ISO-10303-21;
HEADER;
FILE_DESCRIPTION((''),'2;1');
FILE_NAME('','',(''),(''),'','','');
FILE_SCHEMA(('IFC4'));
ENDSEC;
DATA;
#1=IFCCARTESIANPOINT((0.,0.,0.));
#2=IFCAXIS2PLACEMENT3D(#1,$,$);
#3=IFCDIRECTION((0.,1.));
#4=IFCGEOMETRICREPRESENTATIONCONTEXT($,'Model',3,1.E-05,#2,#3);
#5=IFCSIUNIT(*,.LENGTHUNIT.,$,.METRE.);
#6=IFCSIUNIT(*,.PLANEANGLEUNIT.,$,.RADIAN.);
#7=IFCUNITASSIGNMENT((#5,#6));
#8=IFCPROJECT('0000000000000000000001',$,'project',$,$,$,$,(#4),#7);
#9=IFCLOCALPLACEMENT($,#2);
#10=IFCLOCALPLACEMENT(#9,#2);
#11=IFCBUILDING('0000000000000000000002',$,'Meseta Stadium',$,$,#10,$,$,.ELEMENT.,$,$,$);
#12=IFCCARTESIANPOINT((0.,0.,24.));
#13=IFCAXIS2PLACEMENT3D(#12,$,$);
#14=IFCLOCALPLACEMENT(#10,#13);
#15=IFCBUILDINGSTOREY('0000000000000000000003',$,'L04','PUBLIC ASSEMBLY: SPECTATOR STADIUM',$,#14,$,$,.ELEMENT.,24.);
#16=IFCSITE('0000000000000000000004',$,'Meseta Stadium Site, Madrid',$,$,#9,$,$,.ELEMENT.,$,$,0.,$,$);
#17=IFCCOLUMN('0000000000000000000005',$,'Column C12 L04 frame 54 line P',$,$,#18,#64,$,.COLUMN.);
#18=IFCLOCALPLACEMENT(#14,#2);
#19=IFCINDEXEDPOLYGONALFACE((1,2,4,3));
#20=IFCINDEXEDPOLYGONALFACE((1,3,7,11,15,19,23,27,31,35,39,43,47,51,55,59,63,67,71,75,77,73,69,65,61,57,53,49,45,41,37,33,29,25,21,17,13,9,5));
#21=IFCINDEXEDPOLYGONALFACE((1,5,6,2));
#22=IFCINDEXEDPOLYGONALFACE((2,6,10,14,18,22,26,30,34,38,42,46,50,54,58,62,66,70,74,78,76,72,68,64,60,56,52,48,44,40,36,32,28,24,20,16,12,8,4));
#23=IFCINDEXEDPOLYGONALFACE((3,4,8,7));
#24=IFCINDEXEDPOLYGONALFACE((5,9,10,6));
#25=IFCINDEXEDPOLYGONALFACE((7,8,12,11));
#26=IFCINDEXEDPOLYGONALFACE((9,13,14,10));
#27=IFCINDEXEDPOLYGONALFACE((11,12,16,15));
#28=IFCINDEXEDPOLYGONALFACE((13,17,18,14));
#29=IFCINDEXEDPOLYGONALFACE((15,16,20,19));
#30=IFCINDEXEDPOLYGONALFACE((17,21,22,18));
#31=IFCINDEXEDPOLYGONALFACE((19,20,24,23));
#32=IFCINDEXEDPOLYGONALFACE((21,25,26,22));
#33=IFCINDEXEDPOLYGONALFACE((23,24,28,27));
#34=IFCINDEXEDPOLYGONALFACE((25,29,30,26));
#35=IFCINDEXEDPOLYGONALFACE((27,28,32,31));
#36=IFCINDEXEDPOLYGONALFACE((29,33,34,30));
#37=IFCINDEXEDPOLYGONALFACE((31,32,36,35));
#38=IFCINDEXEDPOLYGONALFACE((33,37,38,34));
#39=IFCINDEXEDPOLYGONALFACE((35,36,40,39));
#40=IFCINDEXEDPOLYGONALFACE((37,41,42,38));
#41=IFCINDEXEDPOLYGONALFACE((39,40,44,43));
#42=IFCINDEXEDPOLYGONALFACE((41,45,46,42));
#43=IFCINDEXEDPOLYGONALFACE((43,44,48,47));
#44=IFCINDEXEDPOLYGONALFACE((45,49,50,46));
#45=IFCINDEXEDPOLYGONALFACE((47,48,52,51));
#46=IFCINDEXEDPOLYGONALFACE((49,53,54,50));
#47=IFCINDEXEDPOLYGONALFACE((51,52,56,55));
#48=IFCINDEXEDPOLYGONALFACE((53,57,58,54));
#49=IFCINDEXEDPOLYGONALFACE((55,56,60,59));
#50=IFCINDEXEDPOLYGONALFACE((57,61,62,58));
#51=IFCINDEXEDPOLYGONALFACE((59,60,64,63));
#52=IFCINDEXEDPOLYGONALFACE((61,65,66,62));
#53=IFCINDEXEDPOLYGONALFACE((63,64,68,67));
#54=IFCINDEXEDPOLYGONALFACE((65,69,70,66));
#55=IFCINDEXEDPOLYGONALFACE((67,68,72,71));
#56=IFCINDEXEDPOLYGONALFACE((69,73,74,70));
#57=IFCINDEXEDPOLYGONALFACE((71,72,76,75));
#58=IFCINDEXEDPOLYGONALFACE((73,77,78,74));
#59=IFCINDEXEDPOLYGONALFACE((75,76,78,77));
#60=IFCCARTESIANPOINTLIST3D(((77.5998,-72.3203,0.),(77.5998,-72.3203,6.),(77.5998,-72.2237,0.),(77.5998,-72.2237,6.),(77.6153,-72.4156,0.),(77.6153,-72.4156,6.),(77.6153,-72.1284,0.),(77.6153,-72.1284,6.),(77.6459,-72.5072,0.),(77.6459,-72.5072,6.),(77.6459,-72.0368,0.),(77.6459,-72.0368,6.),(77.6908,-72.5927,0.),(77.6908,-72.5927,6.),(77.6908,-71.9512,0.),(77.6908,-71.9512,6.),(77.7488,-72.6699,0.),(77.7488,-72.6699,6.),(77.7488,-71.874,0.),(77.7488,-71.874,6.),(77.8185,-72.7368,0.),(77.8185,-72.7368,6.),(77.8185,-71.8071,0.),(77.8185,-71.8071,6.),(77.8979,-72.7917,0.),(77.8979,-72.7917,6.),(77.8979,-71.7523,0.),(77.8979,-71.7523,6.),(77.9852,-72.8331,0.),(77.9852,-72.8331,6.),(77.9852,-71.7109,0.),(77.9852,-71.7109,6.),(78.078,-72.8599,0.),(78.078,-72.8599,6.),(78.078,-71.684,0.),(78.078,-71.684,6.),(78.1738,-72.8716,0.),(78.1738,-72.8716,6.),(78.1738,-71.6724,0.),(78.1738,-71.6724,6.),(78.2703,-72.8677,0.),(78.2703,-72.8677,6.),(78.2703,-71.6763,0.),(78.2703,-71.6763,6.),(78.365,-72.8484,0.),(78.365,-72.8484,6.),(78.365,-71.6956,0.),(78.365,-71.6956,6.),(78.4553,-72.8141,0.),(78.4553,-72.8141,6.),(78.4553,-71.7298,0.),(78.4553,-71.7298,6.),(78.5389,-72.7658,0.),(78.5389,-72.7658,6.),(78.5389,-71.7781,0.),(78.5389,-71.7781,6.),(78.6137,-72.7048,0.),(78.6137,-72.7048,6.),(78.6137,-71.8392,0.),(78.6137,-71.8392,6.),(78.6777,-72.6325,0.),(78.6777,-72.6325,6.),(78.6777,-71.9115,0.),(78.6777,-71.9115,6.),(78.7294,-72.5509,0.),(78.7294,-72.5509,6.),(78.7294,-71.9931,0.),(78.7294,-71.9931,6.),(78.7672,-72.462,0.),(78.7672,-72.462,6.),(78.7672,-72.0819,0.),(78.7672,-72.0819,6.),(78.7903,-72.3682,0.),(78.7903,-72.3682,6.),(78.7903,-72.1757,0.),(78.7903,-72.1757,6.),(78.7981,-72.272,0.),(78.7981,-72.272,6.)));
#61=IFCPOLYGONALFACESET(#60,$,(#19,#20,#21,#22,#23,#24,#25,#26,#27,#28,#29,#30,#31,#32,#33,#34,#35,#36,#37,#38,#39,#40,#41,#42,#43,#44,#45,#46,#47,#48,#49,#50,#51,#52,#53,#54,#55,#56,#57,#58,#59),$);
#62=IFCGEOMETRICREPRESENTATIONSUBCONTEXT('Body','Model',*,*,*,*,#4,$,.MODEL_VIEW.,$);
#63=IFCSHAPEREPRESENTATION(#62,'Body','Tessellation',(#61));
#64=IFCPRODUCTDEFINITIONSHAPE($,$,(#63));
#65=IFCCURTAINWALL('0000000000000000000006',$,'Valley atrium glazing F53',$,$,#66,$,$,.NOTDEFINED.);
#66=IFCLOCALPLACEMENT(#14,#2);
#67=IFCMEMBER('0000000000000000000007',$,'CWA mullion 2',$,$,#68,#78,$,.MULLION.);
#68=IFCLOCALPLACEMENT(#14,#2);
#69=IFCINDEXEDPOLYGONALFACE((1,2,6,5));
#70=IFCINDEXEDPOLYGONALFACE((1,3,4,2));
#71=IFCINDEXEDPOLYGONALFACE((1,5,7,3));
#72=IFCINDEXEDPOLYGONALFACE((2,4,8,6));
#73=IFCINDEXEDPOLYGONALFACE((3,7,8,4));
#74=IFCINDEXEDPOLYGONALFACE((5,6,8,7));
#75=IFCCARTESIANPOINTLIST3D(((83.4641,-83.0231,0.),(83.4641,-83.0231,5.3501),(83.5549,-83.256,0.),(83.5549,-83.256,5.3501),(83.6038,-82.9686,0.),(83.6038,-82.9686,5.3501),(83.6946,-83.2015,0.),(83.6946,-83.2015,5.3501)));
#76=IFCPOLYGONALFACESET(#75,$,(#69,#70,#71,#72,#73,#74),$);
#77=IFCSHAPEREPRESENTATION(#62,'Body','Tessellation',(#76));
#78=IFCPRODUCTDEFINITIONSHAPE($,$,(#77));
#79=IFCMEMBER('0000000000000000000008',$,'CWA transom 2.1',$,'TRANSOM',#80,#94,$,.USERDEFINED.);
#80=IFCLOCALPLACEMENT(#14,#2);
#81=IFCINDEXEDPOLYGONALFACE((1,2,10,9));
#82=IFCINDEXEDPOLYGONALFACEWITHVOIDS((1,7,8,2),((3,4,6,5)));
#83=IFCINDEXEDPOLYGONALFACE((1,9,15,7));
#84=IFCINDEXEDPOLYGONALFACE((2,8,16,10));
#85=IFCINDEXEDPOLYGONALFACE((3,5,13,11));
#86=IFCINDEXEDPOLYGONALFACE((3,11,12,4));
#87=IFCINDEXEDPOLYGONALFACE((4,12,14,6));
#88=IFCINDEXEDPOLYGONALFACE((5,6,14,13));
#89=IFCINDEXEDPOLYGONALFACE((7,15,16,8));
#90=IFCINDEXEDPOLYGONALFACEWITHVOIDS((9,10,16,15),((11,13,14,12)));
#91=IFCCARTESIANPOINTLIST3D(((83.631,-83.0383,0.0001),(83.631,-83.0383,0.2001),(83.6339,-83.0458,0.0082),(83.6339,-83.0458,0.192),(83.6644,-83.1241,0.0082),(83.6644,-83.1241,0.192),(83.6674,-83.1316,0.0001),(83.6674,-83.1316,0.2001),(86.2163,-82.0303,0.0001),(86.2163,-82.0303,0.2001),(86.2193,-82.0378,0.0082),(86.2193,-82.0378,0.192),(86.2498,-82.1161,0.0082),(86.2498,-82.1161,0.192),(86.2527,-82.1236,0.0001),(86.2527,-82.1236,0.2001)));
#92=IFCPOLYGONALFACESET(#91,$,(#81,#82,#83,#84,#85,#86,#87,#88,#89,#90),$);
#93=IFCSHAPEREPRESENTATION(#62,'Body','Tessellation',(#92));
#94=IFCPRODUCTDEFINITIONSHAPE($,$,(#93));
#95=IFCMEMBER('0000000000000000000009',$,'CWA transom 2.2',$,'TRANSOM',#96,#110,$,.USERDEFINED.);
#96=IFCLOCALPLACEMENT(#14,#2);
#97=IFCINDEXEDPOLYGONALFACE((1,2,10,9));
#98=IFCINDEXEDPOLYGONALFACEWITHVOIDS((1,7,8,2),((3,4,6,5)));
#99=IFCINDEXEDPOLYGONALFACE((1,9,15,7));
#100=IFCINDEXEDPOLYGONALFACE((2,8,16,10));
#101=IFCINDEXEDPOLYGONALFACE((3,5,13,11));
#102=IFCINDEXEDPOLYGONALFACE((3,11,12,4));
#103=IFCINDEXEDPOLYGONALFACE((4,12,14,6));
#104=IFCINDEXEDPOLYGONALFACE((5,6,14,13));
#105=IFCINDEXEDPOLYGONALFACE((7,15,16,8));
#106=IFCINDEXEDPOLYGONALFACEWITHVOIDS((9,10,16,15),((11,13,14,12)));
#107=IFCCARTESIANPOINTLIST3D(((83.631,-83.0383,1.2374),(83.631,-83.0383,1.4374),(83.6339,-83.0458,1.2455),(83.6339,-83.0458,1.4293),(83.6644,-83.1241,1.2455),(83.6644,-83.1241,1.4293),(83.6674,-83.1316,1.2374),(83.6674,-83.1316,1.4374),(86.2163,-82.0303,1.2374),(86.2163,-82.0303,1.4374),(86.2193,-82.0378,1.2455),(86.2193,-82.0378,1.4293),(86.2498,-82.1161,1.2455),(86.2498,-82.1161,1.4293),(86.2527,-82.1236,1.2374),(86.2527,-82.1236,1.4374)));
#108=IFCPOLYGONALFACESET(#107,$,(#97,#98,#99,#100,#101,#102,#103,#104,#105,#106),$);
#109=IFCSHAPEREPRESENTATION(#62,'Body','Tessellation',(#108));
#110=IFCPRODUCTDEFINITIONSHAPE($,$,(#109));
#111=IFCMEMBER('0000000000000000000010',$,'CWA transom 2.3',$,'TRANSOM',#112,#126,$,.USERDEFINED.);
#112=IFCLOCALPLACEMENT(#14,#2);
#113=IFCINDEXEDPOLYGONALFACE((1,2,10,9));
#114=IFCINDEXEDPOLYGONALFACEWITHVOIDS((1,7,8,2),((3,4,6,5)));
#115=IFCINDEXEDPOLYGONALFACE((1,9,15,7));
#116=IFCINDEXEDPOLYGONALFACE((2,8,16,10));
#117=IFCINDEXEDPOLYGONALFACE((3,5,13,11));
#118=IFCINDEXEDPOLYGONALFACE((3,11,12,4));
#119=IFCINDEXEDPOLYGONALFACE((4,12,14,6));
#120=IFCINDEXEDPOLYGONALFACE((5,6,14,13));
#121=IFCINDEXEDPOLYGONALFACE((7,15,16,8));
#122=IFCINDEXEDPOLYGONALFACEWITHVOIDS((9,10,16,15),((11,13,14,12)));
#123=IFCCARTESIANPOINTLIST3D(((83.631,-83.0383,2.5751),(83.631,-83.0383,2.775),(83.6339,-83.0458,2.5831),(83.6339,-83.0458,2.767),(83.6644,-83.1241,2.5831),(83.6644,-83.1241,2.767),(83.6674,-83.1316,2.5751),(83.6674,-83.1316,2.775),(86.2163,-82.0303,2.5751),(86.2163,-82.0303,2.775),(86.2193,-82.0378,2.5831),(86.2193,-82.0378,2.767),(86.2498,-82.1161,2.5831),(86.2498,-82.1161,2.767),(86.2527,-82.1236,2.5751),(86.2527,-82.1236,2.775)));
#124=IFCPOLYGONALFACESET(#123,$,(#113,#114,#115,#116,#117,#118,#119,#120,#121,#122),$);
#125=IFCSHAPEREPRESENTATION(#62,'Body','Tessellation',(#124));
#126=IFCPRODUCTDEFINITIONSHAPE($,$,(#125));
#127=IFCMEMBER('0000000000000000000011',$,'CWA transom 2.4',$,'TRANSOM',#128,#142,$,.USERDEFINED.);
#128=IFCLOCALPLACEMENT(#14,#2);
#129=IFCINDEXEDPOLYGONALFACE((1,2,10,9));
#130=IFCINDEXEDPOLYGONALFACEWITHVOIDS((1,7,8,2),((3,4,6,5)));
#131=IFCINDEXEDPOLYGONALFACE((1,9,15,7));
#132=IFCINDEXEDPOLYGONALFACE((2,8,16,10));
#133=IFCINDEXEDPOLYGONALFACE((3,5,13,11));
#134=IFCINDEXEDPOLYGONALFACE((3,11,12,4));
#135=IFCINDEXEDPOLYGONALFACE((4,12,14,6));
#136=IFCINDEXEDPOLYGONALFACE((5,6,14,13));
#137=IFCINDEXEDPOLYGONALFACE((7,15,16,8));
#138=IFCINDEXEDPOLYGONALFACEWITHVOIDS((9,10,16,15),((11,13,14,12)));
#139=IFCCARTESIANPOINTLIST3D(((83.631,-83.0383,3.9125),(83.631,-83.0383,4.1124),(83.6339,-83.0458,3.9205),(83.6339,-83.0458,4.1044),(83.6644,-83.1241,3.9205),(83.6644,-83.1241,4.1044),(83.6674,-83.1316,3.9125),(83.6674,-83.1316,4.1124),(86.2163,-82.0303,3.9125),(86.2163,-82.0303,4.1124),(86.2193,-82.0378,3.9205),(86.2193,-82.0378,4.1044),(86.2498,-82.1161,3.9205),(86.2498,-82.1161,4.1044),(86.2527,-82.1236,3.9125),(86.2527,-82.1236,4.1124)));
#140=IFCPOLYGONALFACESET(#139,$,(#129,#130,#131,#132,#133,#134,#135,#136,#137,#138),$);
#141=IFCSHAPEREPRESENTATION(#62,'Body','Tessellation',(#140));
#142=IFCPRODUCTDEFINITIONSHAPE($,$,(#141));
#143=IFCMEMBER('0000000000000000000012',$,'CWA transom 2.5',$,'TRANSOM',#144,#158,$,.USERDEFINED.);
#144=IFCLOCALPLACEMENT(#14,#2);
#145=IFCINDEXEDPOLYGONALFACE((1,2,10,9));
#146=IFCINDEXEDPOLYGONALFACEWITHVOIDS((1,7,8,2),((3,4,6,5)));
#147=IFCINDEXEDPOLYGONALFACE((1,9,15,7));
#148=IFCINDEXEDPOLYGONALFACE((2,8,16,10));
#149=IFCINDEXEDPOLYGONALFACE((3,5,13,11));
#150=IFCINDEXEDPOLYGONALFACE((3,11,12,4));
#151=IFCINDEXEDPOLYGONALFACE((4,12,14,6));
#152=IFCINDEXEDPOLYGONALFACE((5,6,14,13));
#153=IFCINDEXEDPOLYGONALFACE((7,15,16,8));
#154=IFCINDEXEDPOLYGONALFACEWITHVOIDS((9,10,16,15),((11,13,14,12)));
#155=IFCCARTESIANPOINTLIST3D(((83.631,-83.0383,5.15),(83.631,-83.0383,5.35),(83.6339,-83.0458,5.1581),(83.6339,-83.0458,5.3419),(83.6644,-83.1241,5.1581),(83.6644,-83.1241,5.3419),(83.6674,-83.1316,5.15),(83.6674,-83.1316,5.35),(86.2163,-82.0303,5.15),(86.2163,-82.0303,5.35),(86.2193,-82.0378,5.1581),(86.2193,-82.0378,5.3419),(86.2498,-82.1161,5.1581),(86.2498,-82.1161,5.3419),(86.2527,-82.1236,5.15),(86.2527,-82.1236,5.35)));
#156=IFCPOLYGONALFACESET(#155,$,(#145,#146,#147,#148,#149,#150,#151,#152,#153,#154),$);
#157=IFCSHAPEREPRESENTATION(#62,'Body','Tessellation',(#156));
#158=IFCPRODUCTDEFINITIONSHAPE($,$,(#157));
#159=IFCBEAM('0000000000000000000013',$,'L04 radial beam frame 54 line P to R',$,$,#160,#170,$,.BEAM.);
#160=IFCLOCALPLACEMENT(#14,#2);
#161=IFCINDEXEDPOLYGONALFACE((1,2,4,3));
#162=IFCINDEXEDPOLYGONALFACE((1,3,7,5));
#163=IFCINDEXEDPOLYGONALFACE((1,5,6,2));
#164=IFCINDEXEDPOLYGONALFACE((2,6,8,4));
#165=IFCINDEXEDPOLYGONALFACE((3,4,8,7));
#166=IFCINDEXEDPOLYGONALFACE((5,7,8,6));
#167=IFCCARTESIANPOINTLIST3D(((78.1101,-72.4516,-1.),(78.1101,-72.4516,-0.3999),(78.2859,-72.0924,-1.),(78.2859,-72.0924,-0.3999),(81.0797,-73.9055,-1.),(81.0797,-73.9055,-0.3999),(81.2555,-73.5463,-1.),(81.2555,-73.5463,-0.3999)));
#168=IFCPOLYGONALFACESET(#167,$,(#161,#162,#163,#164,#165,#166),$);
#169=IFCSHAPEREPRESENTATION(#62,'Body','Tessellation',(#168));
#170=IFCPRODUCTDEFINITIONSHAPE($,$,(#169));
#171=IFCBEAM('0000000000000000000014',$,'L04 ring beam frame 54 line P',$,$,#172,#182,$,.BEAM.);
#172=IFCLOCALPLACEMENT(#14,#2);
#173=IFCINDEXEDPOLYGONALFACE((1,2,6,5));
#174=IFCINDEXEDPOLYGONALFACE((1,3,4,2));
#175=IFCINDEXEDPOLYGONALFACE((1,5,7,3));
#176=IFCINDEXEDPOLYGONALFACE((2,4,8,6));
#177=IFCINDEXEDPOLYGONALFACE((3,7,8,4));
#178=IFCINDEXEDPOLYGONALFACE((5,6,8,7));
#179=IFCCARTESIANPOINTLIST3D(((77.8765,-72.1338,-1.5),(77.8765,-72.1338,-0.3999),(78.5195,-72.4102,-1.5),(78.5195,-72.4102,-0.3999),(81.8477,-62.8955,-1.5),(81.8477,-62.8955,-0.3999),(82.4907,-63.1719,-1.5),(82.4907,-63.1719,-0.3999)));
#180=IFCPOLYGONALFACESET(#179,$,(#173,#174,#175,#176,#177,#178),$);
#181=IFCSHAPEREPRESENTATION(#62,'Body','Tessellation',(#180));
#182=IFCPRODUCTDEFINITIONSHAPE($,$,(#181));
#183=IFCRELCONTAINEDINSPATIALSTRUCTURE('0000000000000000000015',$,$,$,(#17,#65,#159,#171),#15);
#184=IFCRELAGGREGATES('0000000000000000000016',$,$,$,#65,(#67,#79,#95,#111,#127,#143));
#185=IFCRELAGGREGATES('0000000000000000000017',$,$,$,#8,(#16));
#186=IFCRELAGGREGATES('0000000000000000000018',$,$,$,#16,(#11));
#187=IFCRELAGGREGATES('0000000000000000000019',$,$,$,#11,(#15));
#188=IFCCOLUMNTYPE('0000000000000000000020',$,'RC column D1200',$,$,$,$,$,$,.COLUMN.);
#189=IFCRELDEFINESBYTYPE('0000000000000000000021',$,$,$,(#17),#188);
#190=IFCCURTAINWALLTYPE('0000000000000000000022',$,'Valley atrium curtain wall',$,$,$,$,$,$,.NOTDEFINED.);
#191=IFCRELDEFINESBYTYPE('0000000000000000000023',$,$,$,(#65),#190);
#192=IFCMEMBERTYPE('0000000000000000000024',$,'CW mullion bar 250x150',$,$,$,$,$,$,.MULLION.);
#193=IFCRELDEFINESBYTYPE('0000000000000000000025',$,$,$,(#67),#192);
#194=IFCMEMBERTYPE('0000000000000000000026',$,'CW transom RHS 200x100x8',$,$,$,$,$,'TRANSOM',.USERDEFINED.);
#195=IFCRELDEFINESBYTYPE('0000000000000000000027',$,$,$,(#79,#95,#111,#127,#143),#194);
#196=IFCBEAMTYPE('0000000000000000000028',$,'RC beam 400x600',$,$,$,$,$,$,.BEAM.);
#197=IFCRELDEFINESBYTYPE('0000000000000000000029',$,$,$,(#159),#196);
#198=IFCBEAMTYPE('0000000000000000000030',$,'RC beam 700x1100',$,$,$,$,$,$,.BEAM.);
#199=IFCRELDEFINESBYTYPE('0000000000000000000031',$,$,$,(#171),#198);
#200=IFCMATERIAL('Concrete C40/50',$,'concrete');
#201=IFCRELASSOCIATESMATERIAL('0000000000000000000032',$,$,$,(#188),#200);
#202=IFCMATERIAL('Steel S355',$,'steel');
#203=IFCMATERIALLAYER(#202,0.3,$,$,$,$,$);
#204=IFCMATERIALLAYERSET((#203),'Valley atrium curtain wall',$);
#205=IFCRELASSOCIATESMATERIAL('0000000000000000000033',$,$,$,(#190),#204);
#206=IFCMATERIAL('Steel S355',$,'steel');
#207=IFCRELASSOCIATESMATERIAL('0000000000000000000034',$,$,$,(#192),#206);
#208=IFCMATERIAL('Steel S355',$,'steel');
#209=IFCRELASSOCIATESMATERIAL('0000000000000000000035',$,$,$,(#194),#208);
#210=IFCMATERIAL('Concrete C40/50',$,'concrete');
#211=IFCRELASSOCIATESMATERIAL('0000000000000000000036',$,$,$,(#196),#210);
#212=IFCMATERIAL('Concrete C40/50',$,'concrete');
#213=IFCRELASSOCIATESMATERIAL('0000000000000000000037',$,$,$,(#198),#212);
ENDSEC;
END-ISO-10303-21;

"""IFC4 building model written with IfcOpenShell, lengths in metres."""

from ifc_helpers import new_model, si_unit, direction, frame, origin, origin_2d, place, context, subcontext, project, spatial, rectangle, hollow_rectangle, circle, extrude, material, layer, layer_set, material_profile, profile_set, type_object, element, aggregate, save


model = new_model("IFC4")

# Units and contexts
model_context = context("Model", 3, precision=1e-05, world=origin(), true_north=direction((0.0, 1.0)))
body_context = subcontext(model_context, "Body", "Model", "MODEL_VIEW")
ifc_project = project(units=[si_unit("LENGTHUNIT", "METRE"), si_unit("PLANEANGLEUNIT", "RADIAN")], contexts=[model_context])

# Site, building, storey
site_placement = place(None, origin())
site = spatial("IfcSite", under=ifc_project, at=site_placement, Name="Meseta Stadium Site, Madrid", CompositionType="ELEMENT", RefElevation=0.0)
building_placement = place(site_placement, origin())
building = spatial("IfcBuilding", under=site, at=building_placement, Name="Meseta Stadium", CompositionType="ELEMENT")
storey_placement = place(building_placement, frame((0.0, 0.0, 24.0)))
storey = spatial("IfcBuildingStorey", under=building, at=storey_placement, Name="L04", Description="PUBLIC ASSEMBLY: SPECTATOR STADIUM", CompositionType="ELEMENT", Elevation=24.0)

# Column
ifc_material_1 = material(Name="Concrete C40/50", Category="concrete")
ifc_material_profile_1 = material_profile(ifc_material_1, circle(Radius=0.6001, at=origin_2d()), Name="RC D1200")
ifc_profile_set_1 = profile_set([ifc_material_profile_1], Name="Concrete C40/50")
column_type = type_object("IfcColumnType", Name="RC column D1200", PredefinedType="COLUMN", material=ifc_profile_set_1)
column_placement = place(storey_placement, frame((78.198, -72.272, 0.0), z_axis=(0.0, 0.0, 1.0), x_axis=(1.0, 0.0, 0.0)))
element("IfcColumn", 1, at=column_placement, inside=storey, type_object=column_type, Name="Column C12 L04 frame 54 line P", PredefinedType="COLUMN", context=body_context, shape_type="SweptSolid", body=[
    extrude(circle(Radius=0.6001, at=origin_2d()), origin(), (0.0, 0.0, 1.0), 6.0),
])

# Curtain wall, members
ifc_material_2 = material(Name="Steel S355", Category="steel")
ifc_layer_1 = layer(ifc_material_2, 0.3)
ifc_layer_set_1 = layer_set([ifc_layer_1], Name="Valley atrium curtain wall")
curtain_wall_type = type_object("IfcCurtainWallType", Name="Valley atrium curtain wall", PredefinedType="NOTDEFINED", material=ifc_layer_set_1)
curtain_wall_placement = place(storey_placement, origin())
curtain_wall = element("IfcCurtainWall", 2, at=curtain_wall_placement, inside=storey, type_object=curtain_wall_type, Name="Valley atrium glazing F53", PredefinedType="NOTDEFINED")
ifc_material_3 = material(Name="Steel S355", Category="steel")
ifc_material_profile_2 = material_profile(ifc_material_3, rectangle(XDim=0.25, YDim=0.1499, at=origin_2d()), Name="CW 250x150")
ifc_profile_set_2 = profile_set([ifc_material_profile_2], Name="Steel S355")
member_type_1 = type_object("IfcMemberType", Name="CW mullion bar 250x150", PredefinedType="MULLION", material=ifc_profile_set_2)
member_1_placement = place(storey_placement, frame((83.5793, -83.1123, 0.0), z_axis=(0.0, 0.0, 1.0), x_axis=(-0.36328, 0.93168, 0.0)))
member_1 = element("IfcMember", 3, at=member_1_placement, type_object=member_type_1, Name="CWA mullion 2", PredefinedType="MULLION", context=body_context, shape_type="SweptSolid", body=[
    extrude(rectangle(XDim=0.25, YDim=0.1499, at=origin_2d()), origin(), (0.0, 0.0, 1.0), 5.3501),
])
ifc_material_4 = material(Name="Steel S355", Category="steel")
ifc_material_profile_3 = material_profile(ifc_material_4, hollow_rectangle(XDim=0.1001, YDim=0.2, WallThickness=0.0081, at=origin_2d()), Name="RHS 200x100x8")
ifc_profile_set_3 = profile_set([ifc_material_profile_3], Name="Steel S355")
member_type_2 = type_object("IfcMemberType", Name="CW transom RHS 200x100x8", ElementType="TRANSOM", PredefinedType="USERDEFINED", material=ifc_profile_set_3)
member_2_placement = place(storey_placement, frame((83.6492, -83.085, 0.1001), z_axis=(0.931687, 0.363261, 0.0), x_axis=(-0.363261, 0.931687, 0.0)))
member_2 = element("IfcMember", 4, at=member_2_placement, type_object=member_type_2, Name="CWA transom 2.1", ObjectType="TRANSOM", PredefinedType="USERDEFINED", context=body_context, shape_type="SweptSolid", body=[
    extrude(hollow_rectangle(XDim=0.1001, YDim=0.2, WallThickness=0.0081, at=origin_2d()), origin(), (0.0, 0.0, 1.0), 2.7749),
])
member_3_placement = place(storey_placement, frame((83.6492, -83.085, 1.3374), z_axis=(0.931687, 0.363261, 0.0), x_axis=(-0.363261, 0.931687, 0.0)))
member_3 = element("IfcMember", 5, at=member_3_placement, type_object=member_type_2, Name="CWA transom 2.2", ObjectType="TRANSOM", PredefinedType="USERDEFINED", context=body_context, shape_type="SweptSolid", body=[
    extrude(hollow_rectangle(XDim=0.1001, YDim=0.2, WallThickness=0.0081, at=origin_2d()), origin(), (0.0, 0.0, 1.0), 2.7749),
])
member_4_placement = place(storey_placement, frame((83.6492, -83.085, 2.675), z_axis=(0.931687, 0.363261, 0.0), x_axis=(-0.363261, 0.931687, 0.0)))
member_4 = element("IfcMember", 6, at=member_4_placement, type_object=member_type_2, Name="CWA transom 2.3", ObjectType="TRANSOM", PredefinedType="USERDEFINED", context=body_context, shape_type="SweptSolid", body=[
    extrude(hollow_rectangle(XDim=0.1001, YDim=0.2, WallThickness=0.0081, at=origin_2d()), origin(), (0.0, 0.0, 1.0), 2.7749),
])
member_5_placement = place(storey_placement, frame((83.6492, -83.085, 4.0125), z_axis=(0.931687, 0.363261, 0.0), x_axis=(-0.363261, 0.931687, 0.0)))
member_5 = element("IfcMember", 7, at=member_5_placement, type_object=member_type_2, Name="CWA transom 2.4", ObjectType="TRANSOM", PredefinedType="USERDEFINED", context=body_context, shape_type="SweptSolid", body=[
    extrude(hollow_rectangle(XDim=0.1001, YDim=0.2, WallThickness=0.0081, at=origin_2d()), origin(), (0.0, 0.0, 1.0), 2.7749),
])
member_6_placement = place(storey_placement, frame((83.6492, -83.085, 5.25), z_axis=(0.931687, 0.363261, 0.0), x_axis=(-0.363261, 0.931687, 0.0)))
member_6 = element("IfcMember", 8, at=member_6_placement, type_object=member_type_2, Name="CWA transom 2.5", ObjectType="TRANSOM", PredefinedType="USERDEFINED", context=body_context, shape_type="SweptSolid", body=[
    extrude(hollow_rectangle(XDim=0.1001, YDim=0.2, WallThickness=0.0081, at=origin_2d()), origin(), (0.0, 0.0, 1.0), 2.7749),
])
aggregate(curtain_wall, [member_1, member_2, member_3, member_4, member_5, member_6])

# Beams
ifc_material_5 = material(Name="Concrete C40/50", Category="concrete")
ifc_material_profile_4 = material_profile(ifc_material_5, rectangle(XDim=0.3999, YDim=0.6001, at=origin_2d()), Name="RC 400x600")
ifc_profile_set_4 = profile_set([ifc_material_profile_4], Name="Concrete C40/50")
beam_type_1 = type_object("IfcBeamType", Name="RC beam 400x600", PredefinedType="BEAM", material=ifc_profile_set_4)
beam_1_placement = place(storey_placement, frame((78.198, -72.272, -0.7), z_axis=(0.898132, -0.439725, 0.0), x_axis=(0.439725, 0.898132, 0.0)))
element("IfcBeam", 9, at=beam_1_placement, inside=storey, type_object=beam_type_1, Name="L04 radial beam frame 54 line P to R", PredefinedType="BEAM", context=body_context, shape_type="SweptSolid", body=[
    extrude(rectangle(XDim=0.3999, YDim=0.6001, at=origin_2d()), origin(), (0.0, 0.0, 1.0), 3.3064),
])
ifc_material_6 = material(Name="Concrete C40/50", Category="concrete")
ifc_material_profile_5 = material_profile(ifc_material_6, rectangle(XDim=0.7, YDim=1.1001, at=origin_2d()), Name="RC 700x1100")
ifc_profile_set_5 = profile_set([ifc_material_profile_5], Name="Concrete C40/50")
beam_type_2 = type_object("IfcBeamType", Name="RC beam 700x1100", PredefinedType="BEAM", material=ifc_profile_set_5)
beam_2_placement = place(storey_placement, frame((78.198, -72.272, -0.95), z_axis=(0.394921, 0.918715, 0.0), x_axis=(-0.918715, 0.394921, 0.0)))
element("IfcBeam", 10, at=beam_2_placement, inside=storey, type_object=beam_type_2, Name="L04 ring beam frame 54 line P", PredefinedType="BEAM", context=body_context, shape_type="SweptSolid", body=[
    extrude(rectangle(XDim=0.7, YDim=1.1001, at=origin_2d()), origin(), (0.0, 0.0, 1.0), 10.0557),
])

save(model, "model.ifc")
